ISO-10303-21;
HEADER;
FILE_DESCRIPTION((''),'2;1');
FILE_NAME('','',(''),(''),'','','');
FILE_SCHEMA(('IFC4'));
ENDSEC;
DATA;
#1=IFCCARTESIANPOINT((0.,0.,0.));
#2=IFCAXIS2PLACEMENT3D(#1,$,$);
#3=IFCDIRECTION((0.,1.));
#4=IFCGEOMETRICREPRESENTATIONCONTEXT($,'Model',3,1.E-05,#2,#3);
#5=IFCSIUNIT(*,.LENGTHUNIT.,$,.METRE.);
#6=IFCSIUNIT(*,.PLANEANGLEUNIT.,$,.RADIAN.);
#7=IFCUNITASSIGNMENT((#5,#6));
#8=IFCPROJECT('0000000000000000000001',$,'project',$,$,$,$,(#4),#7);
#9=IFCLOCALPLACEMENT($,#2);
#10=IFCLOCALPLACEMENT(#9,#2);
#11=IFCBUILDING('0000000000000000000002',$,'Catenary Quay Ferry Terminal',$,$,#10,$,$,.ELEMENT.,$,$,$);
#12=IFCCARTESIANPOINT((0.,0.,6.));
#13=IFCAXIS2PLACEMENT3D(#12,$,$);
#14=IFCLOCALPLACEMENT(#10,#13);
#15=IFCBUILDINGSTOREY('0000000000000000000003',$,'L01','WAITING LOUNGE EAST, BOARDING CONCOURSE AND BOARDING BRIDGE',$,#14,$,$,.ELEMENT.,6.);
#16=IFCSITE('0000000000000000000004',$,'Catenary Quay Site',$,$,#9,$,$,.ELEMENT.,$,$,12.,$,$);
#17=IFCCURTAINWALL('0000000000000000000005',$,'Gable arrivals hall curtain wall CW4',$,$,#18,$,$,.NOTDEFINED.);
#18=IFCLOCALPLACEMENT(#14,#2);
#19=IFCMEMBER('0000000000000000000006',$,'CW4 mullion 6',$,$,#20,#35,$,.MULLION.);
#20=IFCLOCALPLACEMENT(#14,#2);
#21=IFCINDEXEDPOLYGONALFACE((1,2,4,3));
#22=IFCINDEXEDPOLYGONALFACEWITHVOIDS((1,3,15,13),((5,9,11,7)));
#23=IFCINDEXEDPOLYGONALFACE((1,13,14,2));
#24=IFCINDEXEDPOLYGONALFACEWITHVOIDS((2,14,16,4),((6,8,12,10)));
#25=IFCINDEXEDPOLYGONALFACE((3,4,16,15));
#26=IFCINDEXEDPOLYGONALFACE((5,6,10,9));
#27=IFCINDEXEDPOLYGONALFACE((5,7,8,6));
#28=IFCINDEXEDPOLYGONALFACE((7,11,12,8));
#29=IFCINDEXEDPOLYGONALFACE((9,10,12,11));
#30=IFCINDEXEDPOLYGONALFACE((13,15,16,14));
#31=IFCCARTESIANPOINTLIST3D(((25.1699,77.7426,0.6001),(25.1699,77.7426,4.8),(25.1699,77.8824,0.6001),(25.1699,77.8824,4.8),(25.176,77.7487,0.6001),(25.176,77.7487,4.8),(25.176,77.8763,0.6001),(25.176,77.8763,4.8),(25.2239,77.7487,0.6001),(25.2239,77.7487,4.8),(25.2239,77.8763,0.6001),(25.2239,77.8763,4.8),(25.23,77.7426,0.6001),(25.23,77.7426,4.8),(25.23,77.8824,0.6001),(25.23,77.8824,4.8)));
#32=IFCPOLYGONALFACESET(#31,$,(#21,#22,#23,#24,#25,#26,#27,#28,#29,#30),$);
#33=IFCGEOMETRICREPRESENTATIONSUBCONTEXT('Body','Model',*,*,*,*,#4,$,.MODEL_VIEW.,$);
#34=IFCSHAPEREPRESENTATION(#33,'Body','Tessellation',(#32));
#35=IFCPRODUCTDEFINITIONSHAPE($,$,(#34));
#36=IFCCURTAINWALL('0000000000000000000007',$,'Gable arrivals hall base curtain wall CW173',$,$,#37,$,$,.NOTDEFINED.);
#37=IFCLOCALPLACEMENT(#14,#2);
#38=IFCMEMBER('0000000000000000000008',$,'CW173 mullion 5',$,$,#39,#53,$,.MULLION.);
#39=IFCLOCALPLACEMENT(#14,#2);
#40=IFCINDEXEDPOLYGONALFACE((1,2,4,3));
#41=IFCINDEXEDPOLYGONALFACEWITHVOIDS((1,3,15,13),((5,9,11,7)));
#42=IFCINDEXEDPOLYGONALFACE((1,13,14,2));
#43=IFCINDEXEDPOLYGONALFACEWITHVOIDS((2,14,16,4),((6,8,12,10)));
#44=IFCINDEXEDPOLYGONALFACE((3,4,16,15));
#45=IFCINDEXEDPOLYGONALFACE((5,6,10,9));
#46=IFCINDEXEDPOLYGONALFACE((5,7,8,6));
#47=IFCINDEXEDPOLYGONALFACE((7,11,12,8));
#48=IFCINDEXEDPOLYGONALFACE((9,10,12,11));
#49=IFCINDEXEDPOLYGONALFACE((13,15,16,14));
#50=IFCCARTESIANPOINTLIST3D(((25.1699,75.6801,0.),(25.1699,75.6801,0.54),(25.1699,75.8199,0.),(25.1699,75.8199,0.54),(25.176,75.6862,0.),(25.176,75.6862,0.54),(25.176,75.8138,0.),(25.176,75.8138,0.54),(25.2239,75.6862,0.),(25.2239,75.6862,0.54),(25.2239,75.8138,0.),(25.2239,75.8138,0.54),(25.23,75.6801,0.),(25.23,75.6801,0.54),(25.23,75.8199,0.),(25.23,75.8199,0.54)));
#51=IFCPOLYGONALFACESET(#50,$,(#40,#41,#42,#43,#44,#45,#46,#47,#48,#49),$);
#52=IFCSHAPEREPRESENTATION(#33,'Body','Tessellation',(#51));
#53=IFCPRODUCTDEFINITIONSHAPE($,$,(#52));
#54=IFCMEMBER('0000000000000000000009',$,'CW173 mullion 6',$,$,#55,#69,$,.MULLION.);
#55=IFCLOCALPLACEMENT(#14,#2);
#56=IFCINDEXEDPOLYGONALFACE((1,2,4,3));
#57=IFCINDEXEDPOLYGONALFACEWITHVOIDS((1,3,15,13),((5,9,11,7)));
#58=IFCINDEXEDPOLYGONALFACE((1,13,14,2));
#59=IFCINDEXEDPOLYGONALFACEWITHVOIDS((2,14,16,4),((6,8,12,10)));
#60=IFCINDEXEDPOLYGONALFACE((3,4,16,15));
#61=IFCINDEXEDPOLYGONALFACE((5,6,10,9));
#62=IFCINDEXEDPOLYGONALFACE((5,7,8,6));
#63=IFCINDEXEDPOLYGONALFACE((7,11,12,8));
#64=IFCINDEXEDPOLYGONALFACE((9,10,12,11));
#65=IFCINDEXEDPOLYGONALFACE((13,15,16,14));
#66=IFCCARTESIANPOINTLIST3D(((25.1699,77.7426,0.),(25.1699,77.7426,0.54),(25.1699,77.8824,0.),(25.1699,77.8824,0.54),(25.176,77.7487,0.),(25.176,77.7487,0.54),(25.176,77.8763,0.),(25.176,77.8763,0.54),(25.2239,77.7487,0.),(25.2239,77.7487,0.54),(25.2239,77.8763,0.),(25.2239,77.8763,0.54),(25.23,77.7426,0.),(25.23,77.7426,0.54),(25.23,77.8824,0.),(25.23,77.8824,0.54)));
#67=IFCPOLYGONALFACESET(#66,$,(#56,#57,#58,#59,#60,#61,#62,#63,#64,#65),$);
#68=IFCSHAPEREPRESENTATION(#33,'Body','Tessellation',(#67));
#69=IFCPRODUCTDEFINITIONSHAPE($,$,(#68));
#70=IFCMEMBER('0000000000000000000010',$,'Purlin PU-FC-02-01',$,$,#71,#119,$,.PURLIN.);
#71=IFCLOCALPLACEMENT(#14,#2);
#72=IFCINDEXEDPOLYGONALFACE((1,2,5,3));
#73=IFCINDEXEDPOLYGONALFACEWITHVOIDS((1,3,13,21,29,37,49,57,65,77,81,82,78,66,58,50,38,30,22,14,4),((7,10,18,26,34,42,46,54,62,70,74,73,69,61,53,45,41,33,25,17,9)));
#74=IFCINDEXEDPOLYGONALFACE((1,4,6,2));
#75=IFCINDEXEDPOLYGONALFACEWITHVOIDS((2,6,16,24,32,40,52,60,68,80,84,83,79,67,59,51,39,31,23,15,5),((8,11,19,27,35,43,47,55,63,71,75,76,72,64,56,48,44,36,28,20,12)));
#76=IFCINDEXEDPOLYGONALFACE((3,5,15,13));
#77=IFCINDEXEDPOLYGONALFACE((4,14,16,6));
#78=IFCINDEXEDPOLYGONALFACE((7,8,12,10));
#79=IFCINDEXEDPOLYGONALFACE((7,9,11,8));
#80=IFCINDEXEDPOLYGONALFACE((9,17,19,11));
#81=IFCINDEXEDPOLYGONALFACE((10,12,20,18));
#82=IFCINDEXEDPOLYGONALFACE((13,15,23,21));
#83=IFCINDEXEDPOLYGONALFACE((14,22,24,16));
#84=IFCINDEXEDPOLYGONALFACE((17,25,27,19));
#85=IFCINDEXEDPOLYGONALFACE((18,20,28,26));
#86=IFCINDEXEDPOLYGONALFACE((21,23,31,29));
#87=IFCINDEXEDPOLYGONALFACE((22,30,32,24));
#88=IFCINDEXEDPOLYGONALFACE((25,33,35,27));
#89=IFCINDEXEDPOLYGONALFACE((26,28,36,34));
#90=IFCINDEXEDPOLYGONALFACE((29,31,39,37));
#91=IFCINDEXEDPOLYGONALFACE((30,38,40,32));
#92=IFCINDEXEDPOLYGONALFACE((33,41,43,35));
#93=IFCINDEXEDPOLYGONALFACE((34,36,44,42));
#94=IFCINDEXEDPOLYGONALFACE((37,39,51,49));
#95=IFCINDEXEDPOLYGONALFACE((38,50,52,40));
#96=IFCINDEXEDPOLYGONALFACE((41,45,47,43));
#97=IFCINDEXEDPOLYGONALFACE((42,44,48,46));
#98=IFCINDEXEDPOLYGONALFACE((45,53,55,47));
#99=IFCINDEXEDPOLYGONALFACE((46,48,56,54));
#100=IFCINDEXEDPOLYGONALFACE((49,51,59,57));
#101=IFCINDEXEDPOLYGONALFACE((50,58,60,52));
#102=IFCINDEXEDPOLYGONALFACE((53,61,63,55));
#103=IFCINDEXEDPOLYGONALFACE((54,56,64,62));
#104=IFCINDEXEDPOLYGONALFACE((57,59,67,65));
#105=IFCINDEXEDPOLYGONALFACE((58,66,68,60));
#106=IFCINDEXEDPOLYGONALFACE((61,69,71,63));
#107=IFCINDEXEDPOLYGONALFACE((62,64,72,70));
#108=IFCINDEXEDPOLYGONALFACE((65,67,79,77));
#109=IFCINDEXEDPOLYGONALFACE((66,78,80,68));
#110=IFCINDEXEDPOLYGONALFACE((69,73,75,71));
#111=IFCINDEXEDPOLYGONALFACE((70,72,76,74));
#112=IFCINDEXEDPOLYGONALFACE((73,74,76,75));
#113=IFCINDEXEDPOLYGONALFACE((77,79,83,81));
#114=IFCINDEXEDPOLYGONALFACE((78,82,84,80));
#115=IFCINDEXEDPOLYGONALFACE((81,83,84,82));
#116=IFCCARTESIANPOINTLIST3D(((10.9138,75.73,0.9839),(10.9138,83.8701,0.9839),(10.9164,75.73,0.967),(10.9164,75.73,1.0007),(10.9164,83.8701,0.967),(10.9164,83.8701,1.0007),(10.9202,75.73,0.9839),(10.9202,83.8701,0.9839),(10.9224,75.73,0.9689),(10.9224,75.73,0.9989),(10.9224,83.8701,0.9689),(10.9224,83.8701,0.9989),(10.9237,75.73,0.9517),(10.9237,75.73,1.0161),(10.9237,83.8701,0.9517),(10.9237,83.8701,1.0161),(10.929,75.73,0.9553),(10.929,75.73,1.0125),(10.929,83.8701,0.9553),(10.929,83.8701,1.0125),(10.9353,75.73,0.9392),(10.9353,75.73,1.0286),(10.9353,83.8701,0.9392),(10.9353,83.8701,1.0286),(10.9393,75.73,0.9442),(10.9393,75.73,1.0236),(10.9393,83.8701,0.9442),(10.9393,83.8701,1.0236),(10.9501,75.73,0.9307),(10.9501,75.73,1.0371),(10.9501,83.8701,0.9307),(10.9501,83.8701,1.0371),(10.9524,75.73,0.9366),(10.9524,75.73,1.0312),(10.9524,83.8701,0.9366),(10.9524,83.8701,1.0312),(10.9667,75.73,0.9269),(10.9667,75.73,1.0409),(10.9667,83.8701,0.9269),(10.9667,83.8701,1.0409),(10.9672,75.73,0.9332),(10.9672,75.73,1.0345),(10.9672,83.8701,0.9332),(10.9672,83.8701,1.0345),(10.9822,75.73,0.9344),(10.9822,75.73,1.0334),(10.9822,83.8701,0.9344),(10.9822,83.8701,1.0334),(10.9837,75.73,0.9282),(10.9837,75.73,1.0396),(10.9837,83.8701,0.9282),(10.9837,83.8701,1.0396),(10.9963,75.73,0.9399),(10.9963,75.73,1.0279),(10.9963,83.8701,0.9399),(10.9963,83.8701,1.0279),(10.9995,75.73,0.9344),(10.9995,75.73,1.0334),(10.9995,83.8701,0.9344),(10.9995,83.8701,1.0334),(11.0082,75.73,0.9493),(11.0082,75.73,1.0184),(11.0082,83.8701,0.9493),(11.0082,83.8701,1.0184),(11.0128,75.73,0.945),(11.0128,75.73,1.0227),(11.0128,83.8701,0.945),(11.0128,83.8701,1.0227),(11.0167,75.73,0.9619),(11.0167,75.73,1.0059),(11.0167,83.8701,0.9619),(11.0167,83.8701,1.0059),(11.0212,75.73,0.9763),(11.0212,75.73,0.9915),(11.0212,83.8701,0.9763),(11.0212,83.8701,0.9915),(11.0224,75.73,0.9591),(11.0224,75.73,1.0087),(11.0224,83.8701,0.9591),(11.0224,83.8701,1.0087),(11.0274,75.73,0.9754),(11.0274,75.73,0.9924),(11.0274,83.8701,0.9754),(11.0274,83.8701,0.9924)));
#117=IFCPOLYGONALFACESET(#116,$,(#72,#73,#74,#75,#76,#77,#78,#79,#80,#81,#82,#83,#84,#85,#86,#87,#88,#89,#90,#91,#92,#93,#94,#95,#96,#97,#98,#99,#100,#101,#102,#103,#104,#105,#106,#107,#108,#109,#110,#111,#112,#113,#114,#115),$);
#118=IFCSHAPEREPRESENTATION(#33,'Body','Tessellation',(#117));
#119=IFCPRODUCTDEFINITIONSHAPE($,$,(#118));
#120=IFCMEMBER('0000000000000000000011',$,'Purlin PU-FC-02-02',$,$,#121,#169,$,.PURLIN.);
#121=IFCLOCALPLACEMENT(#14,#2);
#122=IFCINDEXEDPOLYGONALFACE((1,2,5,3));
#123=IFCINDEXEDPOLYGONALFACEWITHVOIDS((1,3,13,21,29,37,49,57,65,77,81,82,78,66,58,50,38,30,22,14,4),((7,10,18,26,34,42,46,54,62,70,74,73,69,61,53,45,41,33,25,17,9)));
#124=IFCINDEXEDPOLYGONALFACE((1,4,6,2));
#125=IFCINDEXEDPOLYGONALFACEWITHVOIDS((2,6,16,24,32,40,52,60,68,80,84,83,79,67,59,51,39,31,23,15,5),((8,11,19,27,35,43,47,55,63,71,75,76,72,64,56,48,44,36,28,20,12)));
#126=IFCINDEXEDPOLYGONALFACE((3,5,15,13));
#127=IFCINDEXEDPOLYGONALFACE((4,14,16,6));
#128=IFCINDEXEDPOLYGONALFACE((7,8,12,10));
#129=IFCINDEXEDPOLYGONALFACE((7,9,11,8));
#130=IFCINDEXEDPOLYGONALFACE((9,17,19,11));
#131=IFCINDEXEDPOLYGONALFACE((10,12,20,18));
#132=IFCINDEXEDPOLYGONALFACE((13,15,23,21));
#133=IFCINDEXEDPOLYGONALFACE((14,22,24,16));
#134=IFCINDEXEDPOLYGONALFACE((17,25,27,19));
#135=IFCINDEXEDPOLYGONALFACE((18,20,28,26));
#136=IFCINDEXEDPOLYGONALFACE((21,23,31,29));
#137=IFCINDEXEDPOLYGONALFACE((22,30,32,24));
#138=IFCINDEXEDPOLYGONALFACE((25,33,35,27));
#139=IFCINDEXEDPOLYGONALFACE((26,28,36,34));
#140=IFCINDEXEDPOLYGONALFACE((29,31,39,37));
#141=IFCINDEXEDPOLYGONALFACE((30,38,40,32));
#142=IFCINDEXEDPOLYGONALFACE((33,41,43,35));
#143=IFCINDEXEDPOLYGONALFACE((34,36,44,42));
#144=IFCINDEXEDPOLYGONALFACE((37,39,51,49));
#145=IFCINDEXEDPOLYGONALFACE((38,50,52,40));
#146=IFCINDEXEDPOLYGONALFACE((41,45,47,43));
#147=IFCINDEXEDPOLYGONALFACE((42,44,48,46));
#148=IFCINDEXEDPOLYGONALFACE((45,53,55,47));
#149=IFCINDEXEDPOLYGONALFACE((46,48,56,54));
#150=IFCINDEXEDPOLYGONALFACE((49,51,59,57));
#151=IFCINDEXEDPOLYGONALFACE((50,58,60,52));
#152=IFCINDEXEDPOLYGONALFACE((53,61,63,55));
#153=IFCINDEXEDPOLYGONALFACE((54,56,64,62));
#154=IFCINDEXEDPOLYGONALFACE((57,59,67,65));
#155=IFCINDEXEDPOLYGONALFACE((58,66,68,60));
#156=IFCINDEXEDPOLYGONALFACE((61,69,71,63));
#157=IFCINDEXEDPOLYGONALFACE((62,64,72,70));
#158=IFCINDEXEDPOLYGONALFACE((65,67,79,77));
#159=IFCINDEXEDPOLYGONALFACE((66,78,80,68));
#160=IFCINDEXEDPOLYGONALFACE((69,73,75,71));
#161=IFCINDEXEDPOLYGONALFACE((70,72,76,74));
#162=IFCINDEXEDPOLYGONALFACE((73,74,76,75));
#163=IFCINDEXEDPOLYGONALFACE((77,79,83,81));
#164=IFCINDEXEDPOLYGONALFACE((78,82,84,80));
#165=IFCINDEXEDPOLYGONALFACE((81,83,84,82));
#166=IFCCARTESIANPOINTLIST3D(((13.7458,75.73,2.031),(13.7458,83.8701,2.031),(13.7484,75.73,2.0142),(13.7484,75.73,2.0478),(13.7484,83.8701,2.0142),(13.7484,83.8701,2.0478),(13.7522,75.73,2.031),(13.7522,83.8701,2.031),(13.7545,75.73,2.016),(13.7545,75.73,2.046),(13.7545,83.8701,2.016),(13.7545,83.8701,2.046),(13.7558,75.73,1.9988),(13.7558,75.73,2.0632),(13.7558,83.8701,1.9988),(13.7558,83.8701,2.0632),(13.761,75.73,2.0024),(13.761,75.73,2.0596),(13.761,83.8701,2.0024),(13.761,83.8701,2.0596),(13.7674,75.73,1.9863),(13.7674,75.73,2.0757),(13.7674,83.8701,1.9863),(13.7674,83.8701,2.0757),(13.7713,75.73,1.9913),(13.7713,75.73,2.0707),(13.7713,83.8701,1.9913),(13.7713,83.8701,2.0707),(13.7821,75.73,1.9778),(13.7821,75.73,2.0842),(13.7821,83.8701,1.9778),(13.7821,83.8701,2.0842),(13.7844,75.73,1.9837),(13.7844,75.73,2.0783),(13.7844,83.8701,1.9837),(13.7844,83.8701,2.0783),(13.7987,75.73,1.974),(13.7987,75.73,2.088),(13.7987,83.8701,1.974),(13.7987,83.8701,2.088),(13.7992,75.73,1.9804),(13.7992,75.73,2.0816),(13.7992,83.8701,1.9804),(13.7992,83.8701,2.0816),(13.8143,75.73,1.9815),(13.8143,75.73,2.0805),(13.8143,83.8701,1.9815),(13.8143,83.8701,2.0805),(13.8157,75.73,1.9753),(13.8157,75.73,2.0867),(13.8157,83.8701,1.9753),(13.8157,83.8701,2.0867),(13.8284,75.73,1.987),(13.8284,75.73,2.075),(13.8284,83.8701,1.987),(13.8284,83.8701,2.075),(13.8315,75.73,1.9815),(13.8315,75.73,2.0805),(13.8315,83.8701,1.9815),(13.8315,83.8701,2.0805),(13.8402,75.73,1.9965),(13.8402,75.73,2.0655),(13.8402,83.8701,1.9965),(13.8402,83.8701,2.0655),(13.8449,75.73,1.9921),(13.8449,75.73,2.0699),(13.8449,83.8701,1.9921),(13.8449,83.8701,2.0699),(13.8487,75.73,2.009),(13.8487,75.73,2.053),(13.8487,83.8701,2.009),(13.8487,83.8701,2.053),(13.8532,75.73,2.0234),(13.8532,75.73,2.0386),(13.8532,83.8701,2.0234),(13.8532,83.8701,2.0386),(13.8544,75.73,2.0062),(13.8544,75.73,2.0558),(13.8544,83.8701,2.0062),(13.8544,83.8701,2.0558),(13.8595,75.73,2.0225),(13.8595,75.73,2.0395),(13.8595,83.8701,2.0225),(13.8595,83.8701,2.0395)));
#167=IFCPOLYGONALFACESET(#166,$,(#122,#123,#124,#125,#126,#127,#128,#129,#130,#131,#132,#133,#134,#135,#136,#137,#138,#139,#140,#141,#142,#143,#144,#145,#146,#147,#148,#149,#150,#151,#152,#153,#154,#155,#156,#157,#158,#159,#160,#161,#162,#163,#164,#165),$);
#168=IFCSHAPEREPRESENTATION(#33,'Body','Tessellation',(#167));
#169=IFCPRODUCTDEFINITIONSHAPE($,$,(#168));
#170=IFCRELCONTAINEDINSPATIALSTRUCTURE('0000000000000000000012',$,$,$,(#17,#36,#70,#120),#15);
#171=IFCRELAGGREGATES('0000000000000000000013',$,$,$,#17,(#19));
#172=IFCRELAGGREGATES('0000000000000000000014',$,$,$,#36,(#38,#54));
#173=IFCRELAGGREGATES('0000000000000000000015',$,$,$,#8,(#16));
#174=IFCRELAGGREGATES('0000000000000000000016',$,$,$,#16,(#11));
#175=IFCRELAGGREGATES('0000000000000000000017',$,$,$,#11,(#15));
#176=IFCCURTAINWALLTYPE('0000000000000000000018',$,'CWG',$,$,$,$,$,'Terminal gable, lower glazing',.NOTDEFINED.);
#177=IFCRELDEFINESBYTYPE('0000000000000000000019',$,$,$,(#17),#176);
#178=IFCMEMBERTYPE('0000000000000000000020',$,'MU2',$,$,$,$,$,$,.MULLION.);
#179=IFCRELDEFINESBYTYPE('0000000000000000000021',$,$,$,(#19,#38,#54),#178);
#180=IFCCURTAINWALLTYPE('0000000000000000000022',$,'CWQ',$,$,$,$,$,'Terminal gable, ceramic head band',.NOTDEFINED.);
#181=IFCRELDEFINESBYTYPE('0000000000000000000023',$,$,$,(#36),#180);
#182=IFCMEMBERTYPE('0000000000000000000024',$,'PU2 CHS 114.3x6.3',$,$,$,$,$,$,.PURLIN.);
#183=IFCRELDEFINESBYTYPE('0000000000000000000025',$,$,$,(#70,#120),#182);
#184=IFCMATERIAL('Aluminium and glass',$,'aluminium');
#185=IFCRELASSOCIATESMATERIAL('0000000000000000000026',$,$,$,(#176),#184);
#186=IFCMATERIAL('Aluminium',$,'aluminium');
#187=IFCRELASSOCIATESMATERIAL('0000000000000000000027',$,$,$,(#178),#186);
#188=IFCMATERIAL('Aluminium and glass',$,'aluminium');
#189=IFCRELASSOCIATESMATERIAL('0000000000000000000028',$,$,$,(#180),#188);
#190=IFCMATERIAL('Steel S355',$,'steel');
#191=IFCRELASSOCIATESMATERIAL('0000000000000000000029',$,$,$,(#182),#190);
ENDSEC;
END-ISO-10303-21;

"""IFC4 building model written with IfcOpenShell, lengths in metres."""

from ifc_helpers import new_model, si_unit, direction, frame, origin, origin_2d, place, context, subcontext, project, spatial, hollow_rectangle, hollow_circle, extrude, material, material_profile, profile_set, type_object, element, aggregate, save


model = new_model("IFC4")

# Units and contexts
model_context = context("Model", 3, precision=1e-05, world=origin(), true_north=direction((0.0, 1.0)))
body_context = subcontext(model_context, "Body", "Model", "MODEL_VIEW")
ifc_project = project(units=[si_unit("LENGTHUNIT", "METRE"), si_unit("PLANEANGLEUNIT", "RADIAN")], contexts=[model_context])

# Site, building, storey
site_placement = place(None, origin())
site = spatial("IfcSite", under=ifc_project, at=site_placement, Name="Catenary Quay Site", CompositionType="ELEMENT", RefElevation=12.0)
building_placement = place(site_placement, origin())
building = spatial("IfcBuilding", under=site, at=building_placement, Name="Catenary Quay Ferry Terminal", CompositionType="ELEMENT")
storey_placement = place(building_placement, frame((0.0, 0.0, 6.0)))
storey = spatial("IfcBuildingStorey", under=building, at=storey_placement, Name="L01", Description="WAITING LOUNGE EAST, BOARDING CONCOURSE AND BOARDING BRIDGE", CompositionType="ELEMENT", Elevation=6.0)

# Curtain walls, members
ifc_material_1 = material(Name="Aluminium and glass", Category="aluminium")
curtain_wall_type_1 = type_object("IfcCurtainWallType", Name="CWG", ElementType="Terminal gable, lower glazing", PredefinedType="NOTDEFINED", material=ifc_material_1)
curtain_wall_1_placement = place(storey_placement, origin())
curtain_wall_1 = element("IfcCurtainWall", 1, at=curtain_wall_1_placement, inside=storey, type_object=curtain_wall_type_1, Name="Gable arrivals hall curtain wall CW4", PredefinedType="NOTDEFINED")
ifc_material_2 = material(Name="Aluminium", Category="aluminium")
ifc_material_profile_1 = material_profile(ifc_material_2, hollow_rectangle(XDim=0.0601, YDim=0.1399, WallThickness=0.0061, at=origin_2d()), Name="MU2")
ifc_profile_set_1 = profile_set([ifc_material_profile_1], Name="Aluminium")
member_type_1 = type_object("IfcMemberType", Name="MU2", PredefinedType="MULLION", material=ifc_profile_set_1)
member_1_placement = place(storey_placement, frame((25.2, 77.8125, 0.6001), z_axis=(0.0, 0.0, 1.0), x_axis=(-1.0, 0.0, 0.0)))
member_1 = element("IfcMember", 2, at=member_1_placement, type_object=member_type_1, Name="CW4 mullion 6", PredefinedType="MULLION", context=body_context, shape_type="SweptSolid", body=[
    extrude(hollow_rectangle(XDim=0.0601, YDim=0.1399, WallThickness=0.0061, at=origin_2d()), origin(), (0.0, 0.0, 1.0), 4.2),
])
ifc_material_3 = material(Name="Aluminium and glass", Category="aluminium")
curtain_wall_type_2 = type_object("IfcCurtainWallType", Name="CWQ", ElementType="Terminal gable, ceramic head band", PredefinedType="NOTDEFINED", material=ifc_material_3)
curtain_wall_2_placement = place(storey_placement, origin())
curtain_wall_2 = element("IfcCurtainWall", 3, at=curtain_wall_2_placement, inside=storey, type_object=curtain_wall_type_2, Name="Gable arrivals hall base curtain wall CW173", PredefinedType="NOTDEFINED")
member_2_placement = place(storey_placement, frame((25.2, 75.75, 0.0), z_axis=(0.0, 0.0, 1.0), x_axis=(-1.0, 0.0, 0.0)))
member_2 = element("IfcMember", 4, at=member_2_placement, type_object=member_type_1, Name="CW173 mullion 5", PredefinedType="MULLION", context=body_context, shape_type="SweptSolid", body=[
    extrude(hollow_rectangle(XDim=0.0601, YDim=0.1399, WallThickness=0.0061, at=origin_2d()), origin(), (0.0, 0.0, 1.0), 0.54),
])
member_3_placement = place(storey_placement, frame((25.2, 77.8125, 0.0), z_axis=(0.0, 0.0, 1.0), x_axis=(-1.0, 0.0, 0.0)))
member_3 = element("IfcMember", 5, at=member_3_placement, type_object=member_type_1, Name="CW173 mullion 6", PredefinedType="MULLION", context=body_context, shape_type="SweptSolid", body=[
    extrude(hollow_rectangle(XDim=0.0601, YDim=0.1399, WallThickness=0.0061, at=origin_2d()), origin(), (0.0, 0.0, 1.0), 0.54),
])

# Members
ifc_material_4 = material(Name="Steel S355", Category="steel")
ifc_material_profile_2 = material_profile(ifc_material_4, hollow_circle(Radius=0.0571, WallThickness=0.0063, at=origin_2d()), Name="CHS 114.3x6.3")
ifc_profile_set_2 = profile_set([ifc_material_profile_2], Name="Steel S355")
member_type_2 = type_object("IfcMemberType", Name="PU2 CHS 114.3x6.3", PredefinedType="PURLIN", material=ifc_profile_set_2)
for number, where, z_axis, x_axis, name in (
    (6, (10.9709, 75.73, 0.9839), (0.0, 1.0, 0.0), (-1.0, 0.0, 0.0), "Purlin PU-FC-02-01"),
    (7, (13.803, 75.73, 2.031), (0.0, 1.0, 0.0), (-1.0, 0.0, 0.0), "Purlin PU-FC-02-02"),
):
    element("IfcMember", number, at=place(storey_placement, frame(where, z_axis=z_axis, x_axis=x_axis)), inside=storey, type_object=member_type_2, Name=name, PredefinedType="PURLIN", context=body_context, shape_type="SweptSolid", body=[
        extrude(hollow_circle(Radius=0.0571, WallThickness=0.0063, at=origin_2d()), origin(), (0.0, 0.0, 1.0), 8.1401),
    ])

aggregate(curtain_wall_1, [member_1])
aggregate(curtain_wall_2, [member_2, member_3])

save(model, "model.ifc")
